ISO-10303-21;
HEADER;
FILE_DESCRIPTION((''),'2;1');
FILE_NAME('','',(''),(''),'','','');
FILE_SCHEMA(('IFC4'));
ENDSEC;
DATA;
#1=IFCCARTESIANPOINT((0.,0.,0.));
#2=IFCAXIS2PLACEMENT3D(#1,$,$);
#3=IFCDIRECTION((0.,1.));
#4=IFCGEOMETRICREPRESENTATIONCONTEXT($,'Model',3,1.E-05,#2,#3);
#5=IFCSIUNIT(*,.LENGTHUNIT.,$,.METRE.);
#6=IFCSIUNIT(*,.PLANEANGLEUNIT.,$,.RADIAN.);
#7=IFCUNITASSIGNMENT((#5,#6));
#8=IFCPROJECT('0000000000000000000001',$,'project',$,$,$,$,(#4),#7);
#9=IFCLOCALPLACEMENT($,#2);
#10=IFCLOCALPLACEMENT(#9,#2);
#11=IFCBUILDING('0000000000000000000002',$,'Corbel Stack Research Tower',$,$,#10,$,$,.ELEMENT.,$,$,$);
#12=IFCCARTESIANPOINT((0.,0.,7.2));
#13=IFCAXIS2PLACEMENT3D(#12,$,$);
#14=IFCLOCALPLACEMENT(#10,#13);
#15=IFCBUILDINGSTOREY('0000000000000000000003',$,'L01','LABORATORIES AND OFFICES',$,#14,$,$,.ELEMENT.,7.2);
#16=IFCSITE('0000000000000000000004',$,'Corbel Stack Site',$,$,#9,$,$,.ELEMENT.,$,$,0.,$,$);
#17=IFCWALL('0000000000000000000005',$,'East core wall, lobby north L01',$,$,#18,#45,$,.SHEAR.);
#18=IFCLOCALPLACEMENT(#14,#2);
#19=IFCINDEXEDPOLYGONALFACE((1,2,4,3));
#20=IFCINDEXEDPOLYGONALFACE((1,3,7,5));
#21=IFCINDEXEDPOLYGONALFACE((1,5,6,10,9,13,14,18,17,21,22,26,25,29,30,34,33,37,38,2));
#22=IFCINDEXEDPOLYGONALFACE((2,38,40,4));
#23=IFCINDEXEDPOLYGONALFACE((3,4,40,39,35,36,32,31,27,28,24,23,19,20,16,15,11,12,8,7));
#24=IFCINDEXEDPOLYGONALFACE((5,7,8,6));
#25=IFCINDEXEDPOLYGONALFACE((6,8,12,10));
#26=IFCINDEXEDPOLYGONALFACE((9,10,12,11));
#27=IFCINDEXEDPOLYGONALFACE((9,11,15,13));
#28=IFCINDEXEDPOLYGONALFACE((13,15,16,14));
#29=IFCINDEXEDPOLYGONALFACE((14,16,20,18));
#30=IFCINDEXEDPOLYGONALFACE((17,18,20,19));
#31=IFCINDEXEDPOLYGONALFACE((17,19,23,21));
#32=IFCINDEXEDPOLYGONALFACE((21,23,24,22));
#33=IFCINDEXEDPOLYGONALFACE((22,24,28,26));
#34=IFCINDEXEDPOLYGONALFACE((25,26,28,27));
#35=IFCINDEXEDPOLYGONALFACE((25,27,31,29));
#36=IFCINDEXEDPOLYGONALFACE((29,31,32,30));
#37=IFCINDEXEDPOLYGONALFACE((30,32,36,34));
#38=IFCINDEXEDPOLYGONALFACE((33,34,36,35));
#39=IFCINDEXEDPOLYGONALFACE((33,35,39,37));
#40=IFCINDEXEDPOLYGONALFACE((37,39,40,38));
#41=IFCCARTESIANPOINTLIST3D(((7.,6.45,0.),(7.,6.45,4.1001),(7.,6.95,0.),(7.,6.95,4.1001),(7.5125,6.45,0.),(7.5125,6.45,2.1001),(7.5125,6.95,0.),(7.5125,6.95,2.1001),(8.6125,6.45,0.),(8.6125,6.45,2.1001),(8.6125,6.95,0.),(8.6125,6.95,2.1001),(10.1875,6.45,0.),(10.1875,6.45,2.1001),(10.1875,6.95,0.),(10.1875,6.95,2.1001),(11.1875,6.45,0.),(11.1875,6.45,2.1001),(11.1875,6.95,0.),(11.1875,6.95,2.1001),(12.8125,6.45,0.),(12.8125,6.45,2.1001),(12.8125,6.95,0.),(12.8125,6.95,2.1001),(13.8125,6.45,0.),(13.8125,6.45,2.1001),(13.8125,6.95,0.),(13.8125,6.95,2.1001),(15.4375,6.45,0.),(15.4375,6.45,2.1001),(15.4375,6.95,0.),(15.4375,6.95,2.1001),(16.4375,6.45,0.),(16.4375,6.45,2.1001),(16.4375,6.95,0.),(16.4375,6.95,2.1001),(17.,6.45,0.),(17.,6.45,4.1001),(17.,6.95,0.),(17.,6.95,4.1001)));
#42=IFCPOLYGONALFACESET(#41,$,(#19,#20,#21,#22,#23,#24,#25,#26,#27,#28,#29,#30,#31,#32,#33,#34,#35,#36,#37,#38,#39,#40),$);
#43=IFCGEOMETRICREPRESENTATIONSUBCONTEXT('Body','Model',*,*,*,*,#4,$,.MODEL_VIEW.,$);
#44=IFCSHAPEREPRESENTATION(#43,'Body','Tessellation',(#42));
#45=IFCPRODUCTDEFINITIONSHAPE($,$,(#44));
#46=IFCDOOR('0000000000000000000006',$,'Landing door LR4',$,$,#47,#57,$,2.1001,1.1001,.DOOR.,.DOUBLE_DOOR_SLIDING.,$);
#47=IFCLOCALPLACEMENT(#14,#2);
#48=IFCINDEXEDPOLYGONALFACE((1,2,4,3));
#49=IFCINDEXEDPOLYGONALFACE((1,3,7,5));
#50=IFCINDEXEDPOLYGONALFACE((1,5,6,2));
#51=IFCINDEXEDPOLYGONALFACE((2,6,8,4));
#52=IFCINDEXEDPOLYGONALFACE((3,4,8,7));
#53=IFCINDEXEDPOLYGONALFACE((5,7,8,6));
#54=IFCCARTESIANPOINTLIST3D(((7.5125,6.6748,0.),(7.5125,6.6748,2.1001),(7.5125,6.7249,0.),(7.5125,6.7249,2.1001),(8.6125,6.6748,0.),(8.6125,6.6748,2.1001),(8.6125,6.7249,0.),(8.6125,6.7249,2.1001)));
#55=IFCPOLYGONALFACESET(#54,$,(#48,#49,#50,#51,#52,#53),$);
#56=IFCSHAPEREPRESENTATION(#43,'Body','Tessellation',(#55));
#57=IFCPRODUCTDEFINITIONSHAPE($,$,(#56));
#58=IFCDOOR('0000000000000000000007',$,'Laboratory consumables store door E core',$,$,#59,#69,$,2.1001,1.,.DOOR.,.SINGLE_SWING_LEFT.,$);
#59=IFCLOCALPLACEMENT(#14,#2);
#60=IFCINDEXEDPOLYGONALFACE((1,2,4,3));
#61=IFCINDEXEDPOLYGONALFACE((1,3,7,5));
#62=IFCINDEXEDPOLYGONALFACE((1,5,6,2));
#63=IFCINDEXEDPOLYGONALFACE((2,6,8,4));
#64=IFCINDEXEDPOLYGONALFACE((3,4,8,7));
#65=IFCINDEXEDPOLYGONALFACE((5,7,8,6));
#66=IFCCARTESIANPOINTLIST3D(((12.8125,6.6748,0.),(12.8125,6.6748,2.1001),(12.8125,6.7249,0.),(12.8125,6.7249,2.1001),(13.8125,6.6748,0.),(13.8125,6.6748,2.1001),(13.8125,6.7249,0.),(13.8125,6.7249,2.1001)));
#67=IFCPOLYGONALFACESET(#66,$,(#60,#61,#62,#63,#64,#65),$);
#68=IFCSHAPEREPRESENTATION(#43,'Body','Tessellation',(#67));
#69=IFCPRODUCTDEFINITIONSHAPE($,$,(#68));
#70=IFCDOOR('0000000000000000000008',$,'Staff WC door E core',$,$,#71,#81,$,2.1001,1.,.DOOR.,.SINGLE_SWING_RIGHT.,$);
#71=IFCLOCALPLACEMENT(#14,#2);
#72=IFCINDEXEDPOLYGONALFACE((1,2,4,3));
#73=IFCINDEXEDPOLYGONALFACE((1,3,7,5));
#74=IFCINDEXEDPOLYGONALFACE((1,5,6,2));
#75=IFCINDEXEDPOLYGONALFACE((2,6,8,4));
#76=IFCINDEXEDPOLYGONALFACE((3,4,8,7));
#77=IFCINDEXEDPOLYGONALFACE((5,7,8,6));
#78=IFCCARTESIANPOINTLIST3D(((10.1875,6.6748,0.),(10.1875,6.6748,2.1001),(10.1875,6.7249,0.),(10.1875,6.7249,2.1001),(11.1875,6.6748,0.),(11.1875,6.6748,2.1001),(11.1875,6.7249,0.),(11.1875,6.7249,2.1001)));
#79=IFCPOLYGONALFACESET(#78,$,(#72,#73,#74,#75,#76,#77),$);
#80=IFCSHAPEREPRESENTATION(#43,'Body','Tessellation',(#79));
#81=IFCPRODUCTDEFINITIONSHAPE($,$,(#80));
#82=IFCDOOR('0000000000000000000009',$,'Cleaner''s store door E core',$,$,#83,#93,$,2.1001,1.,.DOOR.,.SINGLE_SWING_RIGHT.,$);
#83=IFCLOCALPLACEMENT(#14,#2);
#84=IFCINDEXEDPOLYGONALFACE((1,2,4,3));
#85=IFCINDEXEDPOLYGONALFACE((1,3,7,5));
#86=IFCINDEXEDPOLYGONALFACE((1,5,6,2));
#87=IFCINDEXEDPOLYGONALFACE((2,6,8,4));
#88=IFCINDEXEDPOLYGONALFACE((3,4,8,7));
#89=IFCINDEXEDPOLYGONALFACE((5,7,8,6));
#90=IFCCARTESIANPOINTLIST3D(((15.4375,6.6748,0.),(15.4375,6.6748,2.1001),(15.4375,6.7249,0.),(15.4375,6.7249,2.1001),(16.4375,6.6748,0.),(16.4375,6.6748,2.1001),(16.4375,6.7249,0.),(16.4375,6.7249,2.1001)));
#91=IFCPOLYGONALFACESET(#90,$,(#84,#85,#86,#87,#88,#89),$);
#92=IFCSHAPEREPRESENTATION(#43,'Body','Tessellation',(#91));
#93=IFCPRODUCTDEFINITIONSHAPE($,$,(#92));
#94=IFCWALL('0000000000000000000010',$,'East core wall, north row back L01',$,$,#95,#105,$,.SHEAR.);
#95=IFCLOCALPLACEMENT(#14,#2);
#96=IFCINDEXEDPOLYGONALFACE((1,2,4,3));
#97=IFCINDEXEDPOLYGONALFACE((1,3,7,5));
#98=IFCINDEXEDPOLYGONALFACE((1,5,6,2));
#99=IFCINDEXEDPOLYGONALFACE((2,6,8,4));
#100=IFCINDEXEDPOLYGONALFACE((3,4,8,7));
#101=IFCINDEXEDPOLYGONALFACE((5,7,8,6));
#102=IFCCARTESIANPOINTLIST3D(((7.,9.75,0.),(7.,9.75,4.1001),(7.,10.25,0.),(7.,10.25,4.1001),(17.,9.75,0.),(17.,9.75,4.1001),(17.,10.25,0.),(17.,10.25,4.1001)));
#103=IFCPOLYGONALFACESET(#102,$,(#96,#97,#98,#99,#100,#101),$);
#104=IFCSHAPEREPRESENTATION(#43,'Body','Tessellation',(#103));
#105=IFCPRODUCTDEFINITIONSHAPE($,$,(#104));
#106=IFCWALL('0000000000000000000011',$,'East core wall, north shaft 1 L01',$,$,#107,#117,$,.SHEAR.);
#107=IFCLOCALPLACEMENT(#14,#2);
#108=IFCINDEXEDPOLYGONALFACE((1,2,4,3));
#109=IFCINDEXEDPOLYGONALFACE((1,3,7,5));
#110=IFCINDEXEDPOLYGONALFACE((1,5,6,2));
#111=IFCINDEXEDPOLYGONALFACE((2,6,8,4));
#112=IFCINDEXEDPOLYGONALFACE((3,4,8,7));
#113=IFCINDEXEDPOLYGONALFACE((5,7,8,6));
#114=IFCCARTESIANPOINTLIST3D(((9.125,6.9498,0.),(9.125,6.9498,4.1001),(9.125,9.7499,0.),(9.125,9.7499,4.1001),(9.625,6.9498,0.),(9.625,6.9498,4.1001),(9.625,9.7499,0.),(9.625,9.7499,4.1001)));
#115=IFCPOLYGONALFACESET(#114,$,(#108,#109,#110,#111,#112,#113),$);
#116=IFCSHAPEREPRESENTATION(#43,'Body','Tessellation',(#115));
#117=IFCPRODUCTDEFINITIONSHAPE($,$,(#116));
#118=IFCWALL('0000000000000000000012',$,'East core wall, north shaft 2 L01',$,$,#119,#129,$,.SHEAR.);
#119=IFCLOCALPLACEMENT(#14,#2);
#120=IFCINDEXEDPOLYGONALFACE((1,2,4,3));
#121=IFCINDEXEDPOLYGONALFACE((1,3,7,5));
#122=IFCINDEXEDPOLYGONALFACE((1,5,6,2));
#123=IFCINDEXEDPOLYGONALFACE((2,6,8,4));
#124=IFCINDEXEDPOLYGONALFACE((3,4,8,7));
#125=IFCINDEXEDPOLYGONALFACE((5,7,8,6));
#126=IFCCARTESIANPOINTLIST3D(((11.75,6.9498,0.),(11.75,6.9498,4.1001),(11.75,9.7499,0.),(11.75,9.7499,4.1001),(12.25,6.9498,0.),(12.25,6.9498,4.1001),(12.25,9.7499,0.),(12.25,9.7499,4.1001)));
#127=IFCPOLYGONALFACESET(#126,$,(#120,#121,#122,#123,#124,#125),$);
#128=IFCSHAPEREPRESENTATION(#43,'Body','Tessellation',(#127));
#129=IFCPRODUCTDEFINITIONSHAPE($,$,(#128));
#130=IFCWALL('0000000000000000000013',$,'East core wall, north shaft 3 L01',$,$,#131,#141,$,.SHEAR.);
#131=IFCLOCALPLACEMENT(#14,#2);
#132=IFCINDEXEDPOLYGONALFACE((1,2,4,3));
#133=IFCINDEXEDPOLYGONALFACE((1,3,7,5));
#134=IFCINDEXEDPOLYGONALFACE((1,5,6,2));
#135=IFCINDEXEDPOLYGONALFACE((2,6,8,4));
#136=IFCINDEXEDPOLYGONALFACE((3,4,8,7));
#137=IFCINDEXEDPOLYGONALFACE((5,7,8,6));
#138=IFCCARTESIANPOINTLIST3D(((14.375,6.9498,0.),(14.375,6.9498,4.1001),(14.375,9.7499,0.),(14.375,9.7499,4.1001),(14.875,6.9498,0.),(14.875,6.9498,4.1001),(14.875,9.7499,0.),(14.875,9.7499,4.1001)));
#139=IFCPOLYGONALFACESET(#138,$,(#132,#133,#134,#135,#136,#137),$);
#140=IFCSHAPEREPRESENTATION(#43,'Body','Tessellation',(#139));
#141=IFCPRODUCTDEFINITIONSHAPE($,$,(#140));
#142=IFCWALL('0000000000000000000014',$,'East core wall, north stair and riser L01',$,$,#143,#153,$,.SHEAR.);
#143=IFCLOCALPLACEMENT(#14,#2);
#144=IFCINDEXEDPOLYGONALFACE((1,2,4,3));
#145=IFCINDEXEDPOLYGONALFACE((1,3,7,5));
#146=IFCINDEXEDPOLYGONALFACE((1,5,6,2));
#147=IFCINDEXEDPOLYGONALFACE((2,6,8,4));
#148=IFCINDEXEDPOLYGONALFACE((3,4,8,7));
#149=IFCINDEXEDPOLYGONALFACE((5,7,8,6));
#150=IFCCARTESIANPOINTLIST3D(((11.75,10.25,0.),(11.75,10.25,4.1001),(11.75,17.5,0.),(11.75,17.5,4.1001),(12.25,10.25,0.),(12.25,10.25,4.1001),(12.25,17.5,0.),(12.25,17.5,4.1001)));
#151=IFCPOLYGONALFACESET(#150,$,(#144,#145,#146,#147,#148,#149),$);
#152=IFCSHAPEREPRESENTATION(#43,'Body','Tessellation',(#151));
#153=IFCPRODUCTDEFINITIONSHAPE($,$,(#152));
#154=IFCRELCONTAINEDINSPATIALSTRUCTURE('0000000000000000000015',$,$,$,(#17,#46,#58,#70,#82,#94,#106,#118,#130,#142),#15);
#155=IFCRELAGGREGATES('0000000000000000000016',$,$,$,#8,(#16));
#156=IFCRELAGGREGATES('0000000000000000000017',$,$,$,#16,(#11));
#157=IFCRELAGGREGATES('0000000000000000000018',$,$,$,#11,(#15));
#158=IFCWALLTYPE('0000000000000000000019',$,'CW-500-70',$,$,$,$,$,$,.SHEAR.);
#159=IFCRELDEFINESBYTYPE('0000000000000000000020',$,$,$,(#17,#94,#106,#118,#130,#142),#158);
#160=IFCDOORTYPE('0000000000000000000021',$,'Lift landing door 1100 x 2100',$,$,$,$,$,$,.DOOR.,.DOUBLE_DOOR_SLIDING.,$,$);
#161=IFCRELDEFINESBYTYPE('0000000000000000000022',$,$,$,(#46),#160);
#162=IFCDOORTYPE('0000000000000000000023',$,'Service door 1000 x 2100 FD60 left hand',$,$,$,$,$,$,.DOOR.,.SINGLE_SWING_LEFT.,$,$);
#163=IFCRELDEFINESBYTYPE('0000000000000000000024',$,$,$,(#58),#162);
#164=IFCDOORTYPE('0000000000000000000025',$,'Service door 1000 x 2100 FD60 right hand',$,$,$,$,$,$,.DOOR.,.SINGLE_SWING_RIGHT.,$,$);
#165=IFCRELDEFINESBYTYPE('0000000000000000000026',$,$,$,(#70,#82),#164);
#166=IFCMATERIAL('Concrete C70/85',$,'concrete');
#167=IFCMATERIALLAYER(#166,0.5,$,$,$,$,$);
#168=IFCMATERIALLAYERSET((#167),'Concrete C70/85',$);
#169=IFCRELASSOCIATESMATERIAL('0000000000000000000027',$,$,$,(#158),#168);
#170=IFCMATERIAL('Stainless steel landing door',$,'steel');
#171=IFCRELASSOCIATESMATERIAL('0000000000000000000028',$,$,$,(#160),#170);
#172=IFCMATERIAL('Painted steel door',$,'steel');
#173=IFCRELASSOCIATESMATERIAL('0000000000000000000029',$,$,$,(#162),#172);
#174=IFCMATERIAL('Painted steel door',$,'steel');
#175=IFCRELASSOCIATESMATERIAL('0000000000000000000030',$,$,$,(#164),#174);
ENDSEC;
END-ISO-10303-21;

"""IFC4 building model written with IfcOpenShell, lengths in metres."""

from ifc_helpers import new_model, si_unit, direction, frame, frame_2d, origin, place, context, subcontext, project, spatial, rectangle, extrude, material, layer, layer_set, type_object, element, fill, save


model = new_model("IFC4")

# Units and contexts
model_context = context("Model", 3, precision=1e-05, world=origin(), true_north=direction((0.0, 1.0)))
body_context = subcontext(model_context, "Body", "Model", "MODEL_VIEW")
ifc_project = project(units=[si_unit("LENGTHUNIT", "METRE"), si_unit("PLANEANGLEUNIT", "RADIAN")], contexts=[model_context])

# Site, building, storey
site_placement = place(None, origin())
site = spatial("IfcSite", under=ifc_project, at=site_placement, Name="Corbel Stack Site", CompositionType="ELEMENT", RefElevation=0.0)
building_placement = place(site_placement, origin())
building = spatial("IfcBuilding", under=site, at=building_placement, Name="Corbel Stack Research Tower", CompositionType="ELEMENT")
storey_placement = place(building_placement, frame((0.0, 0.0, 7.2)))
storey = spatial("IfcBuildingStorey", under=building, at=storey_placement, Name="L01", Description="LABORATORIES AND OFFICES", CompositionType="ELEMENT", Elevation=7.2)

# Wall, openings, doors
ifc_material_1 = material(Name="Concrete C70/85", Category="concrete")
ifc_layer_1 = layer(ifc_material_1, 0.5)
ifc_layer_set_1 = layer_set([ifc_layer_1], Name="Concrete C70/85")
wall_type_1 = type_object("IfcWallType", Name="CW-500-70", PredefinedType="SHEAR", material=ifc_layer_set_1)
ifc_material_2 = material(Name="Stainless steel landing door", Category="steel")
door_type_1 = type_object("IfcDoorType", Name="Lift landing door 1100 x 2100", OperationType="DOUBLE_DOOR_SLIDING", PredefinedType="DOOR", material=ifc_material_2)
wall_1_placement = place(storey_placement, frame((7.0, 6.7, 0.0), z_axis=(0.0, 0.0, 1.0), x_axis=(1.0, 0.0, 0.0)))
wall_1 = element("IfcWall", 1, at=wall_1_placement, inside=storey, type_object=wall_type_1, Name="East core wall, lobby north L01", PredefinedType="SHEAR", context=body_context, shape_type="SweptSolid", body=[
    extrude(rectangle(XDim=10.0, YDim=0.5, at=frame_2d((5.0, 0.0))), origin(), (0.0, 0.0, 1.0), 4.1001),
])
opening_1_placement = place(wall_1_placement, frame((0.5125, 0.0, 0.0)))
opening_1 = element("IfcOpeningElement", 2, at=opening_1_placement, cuts=wall_1, PredefinedType="OPENING", context=body_context, shape_type="SweptSolid", body=[
    extrude(rectangle(XDim=1.1001, YDim=2.1001, at=frame_2d((0.55, 1.05))), frame((0.0, 0.26, 0.0), z_axis=(0.0, -1.0, 0.0), x_axis=(1.0, 0.0, 0.0)), (0.0, 0.0, 1.0), 0.52),
])
opening_2_placement = place(wall_1_placement, frame((3.1875, 0.0, 0.0)))
opening_2 = element("IfcOpeningElement", 3, at=opening_2_placement, cuts=wall_1, PredefinedType="OPENING", context=body_context, shape_type="SweptSolid", body=[
    extrude(rectangle(XDim=1.0, YDim=2.1001, at=frame_2d((0.5, 1.05))), frame((0.0, 0.26, 0.0), z_axis=(0.0, -1.0, 0.0), x_axis=(1.0, 0.0, 0.0)), (0.0, 0.0, 1.0), 0.52),
])
opening_3_placement = place(wall_1_placement, frame((5.8125, 0.0, 0.0)))
opening_3 = element("IfcOpeningElement", 4, at=opening_3_placement, cuts=wall_1, PredefinedType="OPENING", context=body_context, shape_type="SweptSolid", body=[
    extrude(rectangle(XDim=1.0, YDim=2.1001, at=frame_2d((0.5, 1.05))), frame((0.0, 0.26, 0.0), z_axis=(0.0, -1.0, 0.0), x_axis=(1.0, 0.0, 0.0)), (0.0, 0.0, 1.0), 0.52),
])
opening_4_placement = place(wall_1_placement, frame((8.4375, 0.0, 0.0)))
opening_4 = element("IfcOpeningElement", 5, at=opening_4_placement, cuts=wall_1, PredefinedType="OPENING", context=body_context, shape_type="SweptSolid", body=[
    extrude(rectangle(XDim=1.0, YDim=2.1001, at=frame_2d((0.5, 1.05))), frame((0.0, 0.26, 0.0), z_axis=(0.0, -1.0, 0.0), x_axis=(1.0, 0.0, 0.0)), (0.0, 0.0, 1.0), 0.52),
])
door_1_placement = place(opening_1_placement, origin())
door_1 = element("IfcDoor", 6, at=door_1_placement, inside=storey, type_object=door_type_1, Name="Landing door LR4", OperationType="DOUBLE_DOOR_SLIDING", OverallHeight=2.1001, OverallWidth=1.1001, PredefinedType="DOOR", context=body_context, shape_type="SweptSolid", body=[
    extrude(rectangle(XDim=1.1001, YDim=2.1001, at=frame_2d((0.55, 1.05))), frame((0.0, 0.0249, 0.0), z_axis=(0.0, -1.0, 0.0), x_axis=(1.0, 0.0, 0.0)), (0.0, 0.0, 1.0), 0.05),
])
fill(opening_1, door_1)
ifc_material_3 = material(Name="Painted steel door", Category="steel")
door_type_2 = type_object("IfcDoorType", Name="Service door 1000 x 2100 FD60 left hand", OperationType="SINGLE_SWING_LEFT", PredefinedType="DOOR", material=ifc_material_3)
door_2_placement = place(opening_3_placement, origin())
door_2 = element("IfcDoor", 7, at=door_2_placement, inside=storey, type_object=door_type_2, Name="Laboratory consumables store door E core", OperationType="SINGLE_SWING_LEFT", OverallHeight=2.1001, OverallWidth=1.0, PredefinedType="DOOR", context=body_context, shape_type="SweptSolid", body=[
    extrude(rectangle(XDim=1.0, YDim=2.1001, at=frame_2d((0.5, 1.05))), frame((0.0, 0.0249, 0.0), z_axis=(0.0, -1.0, 0.0), x_axis=(1.0, 0.0, 0.0)), (0.0, 0.0, 1.0), 0.05),
])
fill(opening_3, door_2)
ifc_material_4 = material(Name="Painted steel door", Category="steel")
door_type_3 = type_object("IfcDoorType", Name="Service door 1000 x 2100 FD60 right hand", OperationType="SINGLE_SWING_RIGHT", PredefinedType="DOOR", material=ifc_material_4)
door_3_placement = place(opening_2_placement, origin())
door_3 = element("IfcDoor", 8, at=door_3_placement, inside=storey, type_object=door_type_3, Name="Staff WC door E core", OperationType="SINGLE_SWING_RIGHT", OverallHeight=2.1001, OverallWidth=1.0, PredefinedType="DOOR", context=body_context, shape_type="SweptSolid", body=[
    extrude(rectangle(XDim=1.0, YDim=2.1001, at=frame_2d((0.5, 1.05))), frame((0.0, 0.0249, 0.0), z_axis=(0.0, -1.0, 0.0), x_axis=(1.0, 0.0, 0.0)), (0.0, 0.0, 1.0), 0.05),
])
fill(opening_2, door_3)
door_4_placement = place(opening_4_placement, origin())
door_4 = element("IfcDoor", 9, at=door_4_placement, inside=storey, type_object=door_type_3, Name="Cleaner's store door E core", OperationType="SINGLE_SWING_RIGHT", OverallHeight=2.1001, OverallWidth=1.0, PredefinedType="DOOR", context=body_context, shape_type="SweptSolid", body=[
    extrude(rectangle(XDim=1.0, YDim=2.1001, at=frame_2d((0.5, 1.05))), frame((0.0, 0.0249, 0.0), z_axis=(0.0, -1.0, 0.0), x_axis=(1.0, 0.0, 0.0)), (0.0, 0.0, 1.0), 0.05),
])
fill(opening_4, door_4)

# Walls
wall_2_placement = place(storey_placement, frame((7.0, 10.0, 0.0), z_axis=(0.0, 0.0, 1.0), x_axis=(1.0, 0.0, 0.0)))
element("IfcWall", 10, at=wall_2_placement, inside=storey, type_object=wall_type_1, Name="East core wall, north row back L01", PredefinedType="SHEAR", context=body_context, shape_type="SweptSolid", body=[
    extrude(rectangle(XDim=10.0, YDim=0.5, at=frame_2d((5.0, 0.0))), origin(), (0.0, 0.0, 1.0), 4.1001),
])
for number, where, z_axis, x_axis, name in (
    (11, (9.375, 6.95, 0.0), (0.0, 0.0, 1.0), (0.0, 1.0, 0.0), "East core wall, north shaft 1 L01"),
    (12, (12.0, 6.95, 0.0), (0.0, 0.0, 1.0), (0.0, 1.0, 0.0), "East core wall, north shaft 2 L01"),
    (13, (14.625, 6.95, 0.0), (0.0, 0.0, 1.0), (0.0, 1.0, 0.0), "East core wall, north shaft 3 L01"),
):
    element("IfcWall", number, at=place(storey_placement, frame(where, z_axis=z_axis, x_axis=x_axis)), inside=storey, type_object=wall_type_1, Name=name, PredefinedType="SHEAR", context=body_context, shape_type="SweptSolid", body=[
        extrude(rectangle(XDim=2.8, YDim=0.5, at=frame_2d((1.3999, 0.0))), origin(), (0.0, 0.0, 1.0), 4.1001),
    ])
wall_3_placement = place(storey_placement, frame((12.0, 10.25, 0.0), z_axis=(0.0, 0.0, 1.0), x_axis=(0.0, 1.0, 0.0)))
element("IfcWall", 14, at=wall_3_placement, inside=storey, type_object=wall_type_1, Name="East core wall, north stair and riser L01", PredefinedType="SHEAR", context=body_context, shape_type="SweptSolid", body=[
    extrude(rectangle(XDim=7.25, YDim=0.5, at=frame_2d((3.625, 0.0))), origin(), (0.0, 0.0, 1.0), 4.1001),
])

save(model, "model.ifc")
